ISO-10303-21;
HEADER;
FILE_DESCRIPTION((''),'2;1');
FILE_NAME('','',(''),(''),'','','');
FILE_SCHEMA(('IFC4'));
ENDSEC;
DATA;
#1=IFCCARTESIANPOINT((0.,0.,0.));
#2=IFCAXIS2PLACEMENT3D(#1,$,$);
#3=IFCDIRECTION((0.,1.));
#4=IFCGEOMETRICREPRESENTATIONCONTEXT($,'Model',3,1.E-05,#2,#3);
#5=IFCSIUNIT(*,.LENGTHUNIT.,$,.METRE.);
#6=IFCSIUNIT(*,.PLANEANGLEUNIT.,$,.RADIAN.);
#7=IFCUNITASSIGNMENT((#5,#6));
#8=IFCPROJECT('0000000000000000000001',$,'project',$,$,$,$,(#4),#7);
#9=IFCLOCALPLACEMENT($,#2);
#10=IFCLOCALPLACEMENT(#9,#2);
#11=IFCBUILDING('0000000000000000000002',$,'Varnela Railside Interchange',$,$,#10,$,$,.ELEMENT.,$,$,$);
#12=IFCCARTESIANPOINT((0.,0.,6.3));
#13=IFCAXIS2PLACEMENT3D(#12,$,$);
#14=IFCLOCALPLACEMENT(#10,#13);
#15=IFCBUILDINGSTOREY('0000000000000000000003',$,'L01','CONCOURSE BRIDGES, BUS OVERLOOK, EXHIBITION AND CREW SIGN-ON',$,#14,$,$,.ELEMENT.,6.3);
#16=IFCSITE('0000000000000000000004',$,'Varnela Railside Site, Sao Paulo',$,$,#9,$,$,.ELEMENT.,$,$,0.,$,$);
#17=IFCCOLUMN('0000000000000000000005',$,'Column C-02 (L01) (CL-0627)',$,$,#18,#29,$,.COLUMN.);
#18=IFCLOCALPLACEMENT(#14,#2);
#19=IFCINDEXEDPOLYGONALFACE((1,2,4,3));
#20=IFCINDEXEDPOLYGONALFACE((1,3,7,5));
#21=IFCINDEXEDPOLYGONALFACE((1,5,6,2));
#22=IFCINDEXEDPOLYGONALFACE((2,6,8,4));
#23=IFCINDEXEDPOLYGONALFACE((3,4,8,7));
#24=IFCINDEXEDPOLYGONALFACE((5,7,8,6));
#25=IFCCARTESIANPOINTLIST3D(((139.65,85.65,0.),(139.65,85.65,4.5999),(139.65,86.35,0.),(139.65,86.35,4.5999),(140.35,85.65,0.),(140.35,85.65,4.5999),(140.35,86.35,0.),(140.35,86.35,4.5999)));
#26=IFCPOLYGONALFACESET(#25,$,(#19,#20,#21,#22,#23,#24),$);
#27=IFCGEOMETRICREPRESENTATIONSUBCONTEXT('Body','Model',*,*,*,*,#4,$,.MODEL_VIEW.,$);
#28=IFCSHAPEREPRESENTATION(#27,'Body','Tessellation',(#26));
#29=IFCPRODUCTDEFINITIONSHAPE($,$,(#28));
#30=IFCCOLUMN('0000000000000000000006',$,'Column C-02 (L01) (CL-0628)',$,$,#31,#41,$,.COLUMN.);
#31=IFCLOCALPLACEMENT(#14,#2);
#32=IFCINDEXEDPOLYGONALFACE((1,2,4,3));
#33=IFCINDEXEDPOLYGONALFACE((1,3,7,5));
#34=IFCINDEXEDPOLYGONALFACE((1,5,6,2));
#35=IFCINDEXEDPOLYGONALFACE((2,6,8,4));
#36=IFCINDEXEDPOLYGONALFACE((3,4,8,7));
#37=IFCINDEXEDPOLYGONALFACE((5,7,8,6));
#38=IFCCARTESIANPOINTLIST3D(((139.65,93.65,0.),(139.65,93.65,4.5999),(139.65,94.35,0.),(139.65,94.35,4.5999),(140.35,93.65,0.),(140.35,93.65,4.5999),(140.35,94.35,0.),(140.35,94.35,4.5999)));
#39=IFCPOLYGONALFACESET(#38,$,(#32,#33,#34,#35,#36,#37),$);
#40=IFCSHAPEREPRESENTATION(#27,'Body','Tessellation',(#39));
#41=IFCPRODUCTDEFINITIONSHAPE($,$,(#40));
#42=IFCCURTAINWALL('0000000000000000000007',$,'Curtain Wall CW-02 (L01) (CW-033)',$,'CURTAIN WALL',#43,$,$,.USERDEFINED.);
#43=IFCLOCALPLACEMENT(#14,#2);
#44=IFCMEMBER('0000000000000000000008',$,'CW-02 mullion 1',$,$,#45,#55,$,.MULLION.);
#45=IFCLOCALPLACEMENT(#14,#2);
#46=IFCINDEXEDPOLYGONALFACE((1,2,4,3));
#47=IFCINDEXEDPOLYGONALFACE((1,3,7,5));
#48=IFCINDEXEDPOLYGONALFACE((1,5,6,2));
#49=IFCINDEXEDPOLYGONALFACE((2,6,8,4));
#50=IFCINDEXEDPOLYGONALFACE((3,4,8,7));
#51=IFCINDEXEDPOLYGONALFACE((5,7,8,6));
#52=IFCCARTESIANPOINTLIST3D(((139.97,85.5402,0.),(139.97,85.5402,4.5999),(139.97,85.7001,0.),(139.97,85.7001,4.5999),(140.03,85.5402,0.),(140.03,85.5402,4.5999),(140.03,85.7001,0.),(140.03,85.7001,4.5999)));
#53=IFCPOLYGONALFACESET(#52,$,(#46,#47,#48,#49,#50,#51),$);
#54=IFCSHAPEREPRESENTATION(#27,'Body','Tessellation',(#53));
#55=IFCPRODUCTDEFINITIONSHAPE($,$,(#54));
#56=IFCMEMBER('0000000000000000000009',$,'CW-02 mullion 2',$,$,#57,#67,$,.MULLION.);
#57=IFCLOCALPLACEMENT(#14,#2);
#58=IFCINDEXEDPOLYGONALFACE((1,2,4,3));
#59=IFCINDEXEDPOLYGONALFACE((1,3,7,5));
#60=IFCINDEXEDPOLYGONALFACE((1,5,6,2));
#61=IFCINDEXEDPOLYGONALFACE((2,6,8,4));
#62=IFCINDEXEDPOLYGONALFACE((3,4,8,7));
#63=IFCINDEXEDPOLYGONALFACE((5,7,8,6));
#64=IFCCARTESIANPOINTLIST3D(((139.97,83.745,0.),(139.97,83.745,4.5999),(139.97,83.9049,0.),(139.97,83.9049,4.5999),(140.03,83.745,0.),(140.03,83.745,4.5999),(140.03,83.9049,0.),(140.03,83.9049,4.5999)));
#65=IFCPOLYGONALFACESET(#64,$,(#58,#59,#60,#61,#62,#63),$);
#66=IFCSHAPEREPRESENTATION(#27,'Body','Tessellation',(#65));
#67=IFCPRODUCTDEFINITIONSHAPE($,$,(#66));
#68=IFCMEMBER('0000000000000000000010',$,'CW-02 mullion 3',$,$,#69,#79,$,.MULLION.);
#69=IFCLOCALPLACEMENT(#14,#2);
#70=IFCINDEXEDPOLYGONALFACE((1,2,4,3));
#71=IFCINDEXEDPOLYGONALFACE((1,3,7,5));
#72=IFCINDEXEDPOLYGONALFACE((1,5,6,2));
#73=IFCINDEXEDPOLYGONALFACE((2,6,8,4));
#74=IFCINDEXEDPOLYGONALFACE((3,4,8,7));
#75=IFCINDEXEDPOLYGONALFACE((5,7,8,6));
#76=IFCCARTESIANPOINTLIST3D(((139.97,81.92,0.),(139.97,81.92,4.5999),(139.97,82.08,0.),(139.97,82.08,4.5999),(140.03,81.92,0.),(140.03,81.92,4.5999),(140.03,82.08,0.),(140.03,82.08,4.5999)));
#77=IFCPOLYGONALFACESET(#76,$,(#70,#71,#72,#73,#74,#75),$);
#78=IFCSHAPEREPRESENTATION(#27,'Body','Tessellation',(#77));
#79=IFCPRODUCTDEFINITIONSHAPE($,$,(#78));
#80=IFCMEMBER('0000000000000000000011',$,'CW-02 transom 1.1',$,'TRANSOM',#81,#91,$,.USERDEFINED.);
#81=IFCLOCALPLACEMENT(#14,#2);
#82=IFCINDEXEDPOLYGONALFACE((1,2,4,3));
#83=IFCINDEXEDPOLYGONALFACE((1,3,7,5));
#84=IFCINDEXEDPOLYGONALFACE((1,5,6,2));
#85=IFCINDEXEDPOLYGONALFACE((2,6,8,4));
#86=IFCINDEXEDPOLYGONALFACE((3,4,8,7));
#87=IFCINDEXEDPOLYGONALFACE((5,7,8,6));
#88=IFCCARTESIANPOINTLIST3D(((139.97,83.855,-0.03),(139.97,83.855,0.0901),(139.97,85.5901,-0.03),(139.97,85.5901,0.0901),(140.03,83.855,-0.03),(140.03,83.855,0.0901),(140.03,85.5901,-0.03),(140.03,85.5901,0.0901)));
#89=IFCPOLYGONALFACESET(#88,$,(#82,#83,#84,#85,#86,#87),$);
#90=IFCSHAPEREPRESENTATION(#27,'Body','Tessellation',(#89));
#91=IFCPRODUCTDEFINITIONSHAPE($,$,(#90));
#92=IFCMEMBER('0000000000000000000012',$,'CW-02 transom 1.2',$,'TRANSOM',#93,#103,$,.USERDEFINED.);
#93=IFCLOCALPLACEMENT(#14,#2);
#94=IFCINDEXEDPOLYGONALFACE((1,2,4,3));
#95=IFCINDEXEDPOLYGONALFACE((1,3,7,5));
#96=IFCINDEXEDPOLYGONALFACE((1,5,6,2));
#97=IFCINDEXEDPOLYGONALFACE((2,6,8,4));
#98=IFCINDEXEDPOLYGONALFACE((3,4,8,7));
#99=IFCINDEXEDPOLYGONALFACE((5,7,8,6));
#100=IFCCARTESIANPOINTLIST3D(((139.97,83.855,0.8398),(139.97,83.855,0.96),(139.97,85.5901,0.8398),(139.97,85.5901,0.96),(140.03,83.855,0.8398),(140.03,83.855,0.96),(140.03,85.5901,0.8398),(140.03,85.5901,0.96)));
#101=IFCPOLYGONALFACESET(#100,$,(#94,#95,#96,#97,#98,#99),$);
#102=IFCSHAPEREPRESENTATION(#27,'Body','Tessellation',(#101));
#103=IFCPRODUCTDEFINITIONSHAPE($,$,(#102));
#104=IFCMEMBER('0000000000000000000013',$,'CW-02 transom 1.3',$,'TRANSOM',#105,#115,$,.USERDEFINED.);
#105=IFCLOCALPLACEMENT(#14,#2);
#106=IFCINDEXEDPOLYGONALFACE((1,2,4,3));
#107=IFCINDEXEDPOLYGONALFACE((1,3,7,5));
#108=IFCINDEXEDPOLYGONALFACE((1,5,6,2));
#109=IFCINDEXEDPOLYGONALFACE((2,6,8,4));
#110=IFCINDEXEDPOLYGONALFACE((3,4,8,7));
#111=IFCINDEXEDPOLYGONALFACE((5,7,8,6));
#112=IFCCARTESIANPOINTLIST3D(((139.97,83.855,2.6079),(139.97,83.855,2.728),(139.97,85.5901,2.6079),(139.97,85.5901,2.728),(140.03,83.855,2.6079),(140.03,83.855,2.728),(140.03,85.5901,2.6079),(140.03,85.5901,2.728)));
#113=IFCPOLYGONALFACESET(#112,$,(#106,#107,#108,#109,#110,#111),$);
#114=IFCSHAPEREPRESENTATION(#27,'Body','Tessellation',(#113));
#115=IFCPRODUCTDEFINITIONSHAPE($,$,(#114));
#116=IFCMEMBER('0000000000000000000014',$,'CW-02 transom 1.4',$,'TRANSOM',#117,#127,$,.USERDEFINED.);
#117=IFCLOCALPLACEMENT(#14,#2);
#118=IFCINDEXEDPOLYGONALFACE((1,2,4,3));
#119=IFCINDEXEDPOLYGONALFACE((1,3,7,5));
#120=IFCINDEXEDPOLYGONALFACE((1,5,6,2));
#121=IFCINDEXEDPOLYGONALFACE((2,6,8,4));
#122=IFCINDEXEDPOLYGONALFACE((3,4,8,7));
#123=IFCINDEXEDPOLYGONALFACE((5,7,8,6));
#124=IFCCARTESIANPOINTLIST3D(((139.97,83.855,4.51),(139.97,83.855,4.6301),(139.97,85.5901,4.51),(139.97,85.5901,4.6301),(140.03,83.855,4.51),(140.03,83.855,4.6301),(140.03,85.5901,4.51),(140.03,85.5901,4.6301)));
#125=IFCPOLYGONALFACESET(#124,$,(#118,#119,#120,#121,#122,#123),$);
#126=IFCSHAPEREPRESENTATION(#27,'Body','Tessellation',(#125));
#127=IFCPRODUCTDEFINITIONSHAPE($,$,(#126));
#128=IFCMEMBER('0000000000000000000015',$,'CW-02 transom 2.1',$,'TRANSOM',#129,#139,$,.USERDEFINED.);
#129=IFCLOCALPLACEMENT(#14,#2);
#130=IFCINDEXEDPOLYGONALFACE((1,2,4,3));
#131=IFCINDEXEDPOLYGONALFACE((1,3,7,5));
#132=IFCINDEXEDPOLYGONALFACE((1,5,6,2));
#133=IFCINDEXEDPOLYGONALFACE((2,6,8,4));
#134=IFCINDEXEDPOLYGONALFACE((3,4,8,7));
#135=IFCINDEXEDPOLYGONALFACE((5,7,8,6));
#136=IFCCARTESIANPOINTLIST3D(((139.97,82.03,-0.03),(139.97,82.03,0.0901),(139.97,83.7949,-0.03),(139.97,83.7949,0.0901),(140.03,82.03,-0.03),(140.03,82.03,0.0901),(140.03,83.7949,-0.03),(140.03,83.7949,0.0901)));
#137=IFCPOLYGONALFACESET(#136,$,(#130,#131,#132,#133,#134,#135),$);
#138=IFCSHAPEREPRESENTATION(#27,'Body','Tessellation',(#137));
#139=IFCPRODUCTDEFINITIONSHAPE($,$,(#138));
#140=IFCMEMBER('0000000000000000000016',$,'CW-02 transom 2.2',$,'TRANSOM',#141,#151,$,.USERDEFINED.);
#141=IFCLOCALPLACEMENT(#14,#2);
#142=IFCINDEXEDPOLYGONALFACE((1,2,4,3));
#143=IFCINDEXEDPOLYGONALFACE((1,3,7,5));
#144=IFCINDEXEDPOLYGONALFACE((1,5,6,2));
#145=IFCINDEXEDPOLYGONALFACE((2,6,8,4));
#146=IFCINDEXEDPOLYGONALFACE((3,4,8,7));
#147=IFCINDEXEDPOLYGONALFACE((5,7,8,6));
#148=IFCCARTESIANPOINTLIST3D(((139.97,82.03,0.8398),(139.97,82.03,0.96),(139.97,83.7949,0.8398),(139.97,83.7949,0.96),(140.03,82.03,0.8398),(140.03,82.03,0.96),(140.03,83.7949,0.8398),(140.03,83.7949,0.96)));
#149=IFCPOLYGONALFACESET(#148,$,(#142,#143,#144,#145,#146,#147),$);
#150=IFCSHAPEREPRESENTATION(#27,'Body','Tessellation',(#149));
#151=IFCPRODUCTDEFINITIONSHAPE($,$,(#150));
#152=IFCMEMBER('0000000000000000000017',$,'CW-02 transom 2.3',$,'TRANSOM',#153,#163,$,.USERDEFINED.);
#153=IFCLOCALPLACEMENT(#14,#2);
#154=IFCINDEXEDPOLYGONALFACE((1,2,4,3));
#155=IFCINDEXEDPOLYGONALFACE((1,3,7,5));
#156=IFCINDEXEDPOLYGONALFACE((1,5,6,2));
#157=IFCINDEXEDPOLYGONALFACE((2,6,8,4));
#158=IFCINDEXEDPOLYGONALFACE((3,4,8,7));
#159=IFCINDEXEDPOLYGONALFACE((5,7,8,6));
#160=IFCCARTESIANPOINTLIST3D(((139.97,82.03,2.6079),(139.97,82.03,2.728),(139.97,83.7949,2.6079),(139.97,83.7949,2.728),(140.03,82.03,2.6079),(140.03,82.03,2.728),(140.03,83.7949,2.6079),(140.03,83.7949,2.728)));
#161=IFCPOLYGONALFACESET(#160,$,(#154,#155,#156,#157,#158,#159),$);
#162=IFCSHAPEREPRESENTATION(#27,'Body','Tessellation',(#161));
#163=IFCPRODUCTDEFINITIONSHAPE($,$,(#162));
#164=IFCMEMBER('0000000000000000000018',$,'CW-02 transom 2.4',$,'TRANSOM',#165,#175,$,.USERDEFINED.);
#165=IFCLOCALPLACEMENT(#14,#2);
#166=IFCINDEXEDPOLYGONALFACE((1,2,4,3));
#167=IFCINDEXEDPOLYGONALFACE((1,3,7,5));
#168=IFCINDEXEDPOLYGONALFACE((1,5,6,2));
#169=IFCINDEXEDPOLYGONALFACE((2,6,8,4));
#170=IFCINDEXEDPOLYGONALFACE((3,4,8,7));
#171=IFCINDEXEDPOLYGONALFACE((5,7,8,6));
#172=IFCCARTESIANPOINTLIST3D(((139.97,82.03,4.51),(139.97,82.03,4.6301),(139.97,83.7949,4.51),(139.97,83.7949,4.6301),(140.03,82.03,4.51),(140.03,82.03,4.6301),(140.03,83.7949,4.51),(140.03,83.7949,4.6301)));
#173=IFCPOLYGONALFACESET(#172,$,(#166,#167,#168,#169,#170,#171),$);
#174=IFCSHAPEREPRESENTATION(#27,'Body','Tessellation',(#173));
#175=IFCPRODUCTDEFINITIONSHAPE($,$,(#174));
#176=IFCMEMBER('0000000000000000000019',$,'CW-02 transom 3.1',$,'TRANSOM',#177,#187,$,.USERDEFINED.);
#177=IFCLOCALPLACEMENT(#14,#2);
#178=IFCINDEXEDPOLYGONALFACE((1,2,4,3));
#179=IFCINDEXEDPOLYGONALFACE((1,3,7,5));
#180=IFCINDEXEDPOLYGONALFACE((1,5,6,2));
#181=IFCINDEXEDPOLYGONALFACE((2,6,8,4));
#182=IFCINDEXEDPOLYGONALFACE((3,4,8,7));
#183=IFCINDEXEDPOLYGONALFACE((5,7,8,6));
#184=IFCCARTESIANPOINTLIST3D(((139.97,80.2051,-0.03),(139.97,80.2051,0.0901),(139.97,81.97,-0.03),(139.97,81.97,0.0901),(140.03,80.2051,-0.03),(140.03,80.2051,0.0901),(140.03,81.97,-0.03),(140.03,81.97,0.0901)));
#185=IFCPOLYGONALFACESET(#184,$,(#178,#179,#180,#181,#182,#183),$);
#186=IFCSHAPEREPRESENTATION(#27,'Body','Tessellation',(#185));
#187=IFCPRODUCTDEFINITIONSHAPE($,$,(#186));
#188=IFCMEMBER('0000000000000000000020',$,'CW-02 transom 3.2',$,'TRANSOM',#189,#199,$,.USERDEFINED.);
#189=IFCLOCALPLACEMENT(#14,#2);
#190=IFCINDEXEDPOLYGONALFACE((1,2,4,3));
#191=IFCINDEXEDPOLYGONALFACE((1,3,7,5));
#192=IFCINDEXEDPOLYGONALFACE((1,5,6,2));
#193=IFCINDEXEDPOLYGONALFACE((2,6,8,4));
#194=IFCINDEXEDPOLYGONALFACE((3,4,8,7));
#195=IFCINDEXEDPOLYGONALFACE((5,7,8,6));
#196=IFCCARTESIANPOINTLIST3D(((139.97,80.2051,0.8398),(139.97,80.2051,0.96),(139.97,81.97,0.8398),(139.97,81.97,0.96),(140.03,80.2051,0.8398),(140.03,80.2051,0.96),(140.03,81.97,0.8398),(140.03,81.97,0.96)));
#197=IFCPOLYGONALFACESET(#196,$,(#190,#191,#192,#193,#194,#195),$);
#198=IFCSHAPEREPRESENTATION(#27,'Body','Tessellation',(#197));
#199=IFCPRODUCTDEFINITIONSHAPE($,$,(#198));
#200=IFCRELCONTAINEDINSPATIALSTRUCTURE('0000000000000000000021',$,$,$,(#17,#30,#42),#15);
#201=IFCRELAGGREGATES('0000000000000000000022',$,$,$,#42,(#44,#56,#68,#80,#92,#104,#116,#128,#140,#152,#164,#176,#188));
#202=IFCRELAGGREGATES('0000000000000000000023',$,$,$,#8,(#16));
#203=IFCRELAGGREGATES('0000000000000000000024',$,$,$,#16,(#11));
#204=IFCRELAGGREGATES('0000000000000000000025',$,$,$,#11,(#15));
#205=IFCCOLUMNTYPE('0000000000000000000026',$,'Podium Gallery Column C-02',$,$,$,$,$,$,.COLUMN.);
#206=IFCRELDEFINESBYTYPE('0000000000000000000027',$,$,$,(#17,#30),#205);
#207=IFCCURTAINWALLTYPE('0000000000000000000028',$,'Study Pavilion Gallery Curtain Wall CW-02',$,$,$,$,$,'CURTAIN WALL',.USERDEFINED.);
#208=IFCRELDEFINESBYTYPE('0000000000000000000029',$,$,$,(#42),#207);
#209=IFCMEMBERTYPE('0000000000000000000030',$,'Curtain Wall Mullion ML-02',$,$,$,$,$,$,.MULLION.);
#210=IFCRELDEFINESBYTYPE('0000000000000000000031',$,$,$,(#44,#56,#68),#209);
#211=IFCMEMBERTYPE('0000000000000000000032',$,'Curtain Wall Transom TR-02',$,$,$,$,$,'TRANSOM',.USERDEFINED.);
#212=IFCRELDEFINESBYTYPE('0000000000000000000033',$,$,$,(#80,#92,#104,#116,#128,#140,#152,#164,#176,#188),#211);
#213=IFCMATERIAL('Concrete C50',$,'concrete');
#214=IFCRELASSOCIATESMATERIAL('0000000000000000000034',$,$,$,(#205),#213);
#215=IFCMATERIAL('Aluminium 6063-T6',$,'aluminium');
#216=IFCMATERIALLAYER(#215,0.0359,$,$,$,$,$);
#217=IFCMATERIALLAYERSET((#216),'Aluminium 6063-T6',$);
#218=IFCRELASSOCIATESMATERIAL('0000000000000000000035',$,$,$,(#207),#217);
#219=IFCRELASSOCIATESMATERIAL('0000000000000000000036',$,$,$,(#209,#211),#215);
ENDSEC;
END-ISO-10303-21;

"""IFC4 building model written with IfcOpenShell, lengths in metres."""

from ifc_helpers import new_model, si_unit, direction, frame, origin, origin_2d, place, context, subcontext, project, spatial, rectangle, extrude, material, layer, layer_set, material_profile, profile_set, type_object, element, aggregate, save


model = new_model("IFC4")

# Units and contexts
model_context = context("Model", 3, precision=1e-05, world=origin(), true_north=direction((0.0, 1.0)))
body_context = subcontext(model_context, "Body", "Model", "MODEL_VIEW")
ifc_project = project(units=[si_unit("LENGTHUNIT", "METRE"), si_unit("PLANEANGLEUNIT", "RADIAN")], contexts=[model_context])

# Site, building, storey
site_placement = place(None, origin())
site = spatial("IfcSite", under=ifc_project, at=site_placement, Name="Varnela Railside Site, Sao Paulo", CompositionType="ELEMENT", RefElevation=0.0)
building_placement = place(site_placement, origin())
building = spatial("IfcBuilding", under=site, at=building_placement, Name="Varnela Railside Interchange", CompositionType="ELEMENT")
storey_placement = place(building_placement, frame((0.0, 0.0, 6.3)))
storey = spatial("IfcBuildingStorey", under=building, at=storey_placement, Name="L01", Description="CONCOURSE BRIDGES, BUS OVERLOOK, EXHIBITION AND CREW SIGN-ON", CompositionType="ELEMENT", Elevation=6.3)

# Columns
ifc_material_1 = material(Name="Concrete C50", Category="concrete")
ifc_material_profile_1 = material_profile(ifc_material_1, rectangle(XDim=0.7, YDim=0.7, at=origin_2d()), Name="RC 700x700")
ifc_profile_set_1 = profile_set([ifc_material_profile_1], Name="Concrete C50")
column_type = type_object("IfcColumnType", Name="Podium Gallery Column C-02", PredefinedType="COLUMN", material=ifc_profile_set_1)
for number, where, z_axis, x_axis, name in (
    (1, (140.0, 86.0, 0.0), (0.0, 0.0, 1.0), (1.0, 0.0, 0.0), "Column C-02 (L01) (CL-0627)"),
    (2, (140.0, 94.0, 0.0), (0.0, 0.0, 1.0), (1.0, 0.0, 0.0), "Column C-02 (L01) (CL-0628)"),
):
    element("IfcColumn", number, at=place(storey_placement, frame(where, z_axis=z_axis, x_axis=x_axis)), inside=storey, type_object=column_type, Name=name, PredefinedType="COLUMN", context=body_context, shape_type="SweptSolid", body=[
        extrude(rectangle(XDim=0.7, YDim=0.7, at=origin_2d()), origin(), (0.0, 0.0, 1.0), 4.5999),
    ])

# Curtain wall, members
ifc_material_2 = material(Name="Aluminium 6063-T6", Category="aluminium")
ifc_layer_1 = layer(ifc_material_2, 0.0359)
ifc_layer_set_1 = layer_set([ifc_layer_1], Name="Aluminium 6063-T6")
curtain_wall_type = type_object("IfcCurtainWallType", Name="Study Pavilion Gallery Curtain Wall CW-02", ElementType="CURTAIN WALL", PredefinedType="USERDEFINED", material=ifc_layer_set_1)
curtain_wall_placement = place(storey_placement, origin())
curtain_wall = element("IfcCurtainWall", 3, at=curtain_wall_placement, inside=storey, type_object=curtain_wall_type, Name="Curtain Wall CW-02 (L01) (CW-033)", ObjectType="CURTAIN WALL", PredefinedType="USERDEFINED")
ifc_material_profile_2 = material_profile(ifc_material_2, rectangle(XDim=0.0601, YDim=0.1599, at=origin_2d()), Name="ALU 60x160")
ifc_profile_set_2 = profile_set([ifc_material_profile_2], Name="Aluminium 6063-T6")
member_type_1 = type_object("IfcMemberType", Name="Curtain Wall Mullion ML-02", PredefinedType="MULLION", material=ifc_profile_set_2)
member_1_placement = place(storey_placement, frame((140.0, 85.6201, 0.0), z_axis=(0.0, 0.0, 1.0), x_axis=(1.0, 0.0, 0.0)))
member_1 = element("IfcMember", 4, at=member_1_placement, type_object=member_type_1, Name="CW-02 mullion 1", PredefinedType="MULLION", context=body_context, shape_type="SweptSolid", body=[
    extrude(rectangle(XDim=0.0601, YDim=0.1599, at=origin_2d()), origin(), (0.0, 0.0, 1.0), 4.5999),
])
member_2_placement = place(storey_placement, frame((140.0, 83.825, 0.0), z_axis=(0.0, 0.0, 1.0), x_axis=(1.0, 0.0, 0.0)))
member_2 = element("IfcMember", 5, at=member_2_placement, type_object=member_type_1, Name="CW-02 mullion 2", PredefinedType="MULLION", context=body_context, shape_type="SweptSolid", body=[
    extrude(rectangle(XDim=0.0601, YDim=0.1599, at=origin_2d()), origin(), (0.0, 0.0, 1.0), 4.5999),
])
member_3_placement = place(storey_placement, frame((140.0, 82.0, 0.0), z_axis=(0.0, 0.0, 1.0), x_axis=(1.0, 0.0, 0.0)))
member_3 = element("IfcMember", 6, at=member_3_placement, type_object=member_type_1, Name="CW-02 mullion 3", PredefinedType="MULLION", context=body_context, shape_type="SweptSolid", body=[
    extrude(rectangle(XDim=0.0601, YDim=0.1599, at=origin_2d()), origin(), (0.0, 0.0, 1.0), 4.5999),
])
ifc_material_profile_3 = material_profile(ifc_material_2, rectangle(XDim=0.0601, YDim=0.1201, at=origin_2d()), Name="ALU 60x120")
ifc_profile_set_3 = profile_set([ifc_material_profile_3], Name="Aluminium 6063-T6")
member_type_2 = type_object("IfcMemberType", Name="Curtain Wall Transom TR-02", ElementType="TRANSOM", PredefinedType="USERDEFINED", material=ifc_profile_set_3)
member_4_placement = place(storey_placement, frame((140.0, 85.5901, 0.03), z_axis=(0.0, -1.0, 0.0), x_axis=(1.0, 0.0, 0.0)))
member_4 = element("IfcMember", 7, at=member_4_placement, type_object=member_type_2, Name="CW-02 transom 1.1", ObjectType="TRANSOM", PredefinedType="USERDEFINED", context=body_context, shape_type="SweptSolid", body=[
    extrude(rectangle(XDim=0.0601, YDim=0.1201, at=origin_2d()), origin(), (0.0, 0.0, 1.0), 1.7351),
])
member_5_placement = place(storey_placement, frame((140.0, 85.5901, 0.8999), z_axis=(0.0, -1.0, 0.0), x_axis=(1.0, 0.0, 0.0)))
member_5 = element("IfcMember", 8, at=member_5_placement, type_object=member_type_2, Name="CW-02 transom 1.2", ObjectType="TRANSOM", PredefinedType="USERDEFINED", context=body_context, shape_type="SweptSolid", body=[
    extrude(rectangle(XDim=0.0601, YDim=0.1201, at=origin_2d()), origin(), (0.0, 0.0, 1.0), 1.7351),
])
member_6_placement = place(storey_placement, frame((140.0, 85.5901, 2.668), z_axis=(0.0, -1.0, 0.0), x_axis=(1.0, 0.0, 0.0)))
member_6 = element("IfcMember", 9, at=member_6_placement, type_object=member_type_2, Name="CW-02 transom 1.3", ObjectType="TRANSOM", PredefinedType="USERDEFINED", context=body_context, shape_type="SweptSolid", body=[
    extrude(rectangle(XDim=0.0601, YDim=0.1201, at=origin_2d()), origin(), (0.0, 0.0, 1.0), 1.7351),
])
member_7_placement = place(storey_placement, frame((140.0, 85.5901, 4.5701), z_axis=(0.0, -1.0, 0.0), x_axis=(1.0, 0.0, 0.0)))
member_7 = element("IfcMember", 10, at=member_7_placement, type_object=member_type_2, Name="CW-02 transom 1.4", ObjectType="TRANSOM", PredefinedType="USERDEFINED", context=body_context, shape_type="SweptSolid", body=[
    extrude(rectangle(XDim=0.0601, YDim=0.1201, at=origin_2d()), origin(), (0.0, 0.0, 1.0), 1.7351),
])
member_8_placement = place(storey_placement, frame((140.0, 83.7949, 0.03), z_axis=(0.0, -1.0, 0.0), x_axis=(1.0, 0.0, 0.0)))
member_8 = element("IfcMember", 11, at=member_8_placement, type_object=member_type_2, Name="CW-02 transom 2.1", ObjectType="TRANSOM", PredefinedType="USERDEFINED", context=body_context, shape_type="SweptSolid", body=[
    extrude(rectangle(XDim=0.0601, YDim=0.1201, at=origin_2d()), origin(), (0.0, 0.0, 1.0), 1.7649),
])
member_9_placement = place(storey_placement, frame((140.0, 83.7949, 0.8999), z_axis=(0.0, -1.0, 0.0), x_axis=(1.0, 0.0, 0.0)))
member_9 = element("IfcMember", 12, at=member_9_placement, type_object=member_type_2, Name="CW-02 transom 2.2", ObjectType="TRANSOM", PredefinedType="USERDEFINED", context=body_context, shape_type="SweptSolid", body=[
    extrude(rectangle(XDim=0.0601, YDim=0.1201, at=origin_2d()), origin(), (0.0, 0.0, 1.0), 1.7649),
])
member_10_placement = place(storey_placement, frame((140.0, 83.7949, 2.668), z_axis=(0.0, -1.0, 0.0), x_axis=(1.0, 0.0, 0.0)))
member_10 = element("IfcMember", 13, at=member_10_placement, type_object=member_type_2, Name="CW-02 transom 2.3", ObjectType="TRANSOM", PredefinedType="USERDEFINED", context=body_context, shape_type="SweptSolid", body=[
    extrude(rectangle(XDim=0.0601, YDim=0.1201, at=origin_2d()), origin(), (0.0, 0.0, 1.0), 1.7649),
])
member_11_placement = place(storey_placement, frame((140.0, 83.7949, 4.5701), z_axis=(0.0, -1.0, 0.0), x_axis=(1.0, 0.0, 0.0)))
member_11 = element("IfcMember", 14, at=member_11_placement, type_object=member_type_2, Name="CW-02 transom 2.4", ObjectType="TRANSOM", PredefinedType="USERDEFINED", context=body_context, shape_type="SweptSolid", body=[
    extrude(rectangle(XDim=0.0601, YDim=0.1201, at=origin_2d()), origin(), (0.0, 0.0, 1.0), 1.7649),
])
member_12_placement = place(storey_placement, frame((140.0, 81.97, 0.03), z_axis=(0.0, -1.0, 0.0), x_axis=(1.0, 0.0, 0.0)))
member_12 = element("IfcMember", 15, at=member_12_placement, type_object=member_type_2, Name="CW-02 transom 3.1", ObjectType="TRANSOM", PredefinedType="USERDEFINED", context=body_context, shape_type="SweptSolid", body=[
    extrude(rectangle(XDim=0.0601, YDim=0.1201, at=origin_2d()), origin(), (0.0, 0.0, 1.0), 1.7649),
])
member_13_placement = place(storey_placement, frame((140.0, 81.97, 0.8999), z_axis=(0.0, -1.0, 0.0), x_axis=(1.0, 0.0, 0.0)))
member_13 = element("IfcMember", 16, at=member_13_placement, type_object=member_type_2, Name="CW-02 transom 3.2", ObjectType="TRANSOM", PredefinedType="USERDEFINED", context=body_context, shape_type="SweptSolid", body=[
    extrude(rectangle(XDim=0.0601, YDim=0.1201, at=origin_2d()), origin(), (0.0, 0.0, 1.0), 1.7649),
])

aggregate(curtain_wall, [member_1, member_2, member_3, member_4, member_5, member_6, member_7, member_8, member_9, member_10, member_11, member_12, member_13])

save(model, "model.ifc")
